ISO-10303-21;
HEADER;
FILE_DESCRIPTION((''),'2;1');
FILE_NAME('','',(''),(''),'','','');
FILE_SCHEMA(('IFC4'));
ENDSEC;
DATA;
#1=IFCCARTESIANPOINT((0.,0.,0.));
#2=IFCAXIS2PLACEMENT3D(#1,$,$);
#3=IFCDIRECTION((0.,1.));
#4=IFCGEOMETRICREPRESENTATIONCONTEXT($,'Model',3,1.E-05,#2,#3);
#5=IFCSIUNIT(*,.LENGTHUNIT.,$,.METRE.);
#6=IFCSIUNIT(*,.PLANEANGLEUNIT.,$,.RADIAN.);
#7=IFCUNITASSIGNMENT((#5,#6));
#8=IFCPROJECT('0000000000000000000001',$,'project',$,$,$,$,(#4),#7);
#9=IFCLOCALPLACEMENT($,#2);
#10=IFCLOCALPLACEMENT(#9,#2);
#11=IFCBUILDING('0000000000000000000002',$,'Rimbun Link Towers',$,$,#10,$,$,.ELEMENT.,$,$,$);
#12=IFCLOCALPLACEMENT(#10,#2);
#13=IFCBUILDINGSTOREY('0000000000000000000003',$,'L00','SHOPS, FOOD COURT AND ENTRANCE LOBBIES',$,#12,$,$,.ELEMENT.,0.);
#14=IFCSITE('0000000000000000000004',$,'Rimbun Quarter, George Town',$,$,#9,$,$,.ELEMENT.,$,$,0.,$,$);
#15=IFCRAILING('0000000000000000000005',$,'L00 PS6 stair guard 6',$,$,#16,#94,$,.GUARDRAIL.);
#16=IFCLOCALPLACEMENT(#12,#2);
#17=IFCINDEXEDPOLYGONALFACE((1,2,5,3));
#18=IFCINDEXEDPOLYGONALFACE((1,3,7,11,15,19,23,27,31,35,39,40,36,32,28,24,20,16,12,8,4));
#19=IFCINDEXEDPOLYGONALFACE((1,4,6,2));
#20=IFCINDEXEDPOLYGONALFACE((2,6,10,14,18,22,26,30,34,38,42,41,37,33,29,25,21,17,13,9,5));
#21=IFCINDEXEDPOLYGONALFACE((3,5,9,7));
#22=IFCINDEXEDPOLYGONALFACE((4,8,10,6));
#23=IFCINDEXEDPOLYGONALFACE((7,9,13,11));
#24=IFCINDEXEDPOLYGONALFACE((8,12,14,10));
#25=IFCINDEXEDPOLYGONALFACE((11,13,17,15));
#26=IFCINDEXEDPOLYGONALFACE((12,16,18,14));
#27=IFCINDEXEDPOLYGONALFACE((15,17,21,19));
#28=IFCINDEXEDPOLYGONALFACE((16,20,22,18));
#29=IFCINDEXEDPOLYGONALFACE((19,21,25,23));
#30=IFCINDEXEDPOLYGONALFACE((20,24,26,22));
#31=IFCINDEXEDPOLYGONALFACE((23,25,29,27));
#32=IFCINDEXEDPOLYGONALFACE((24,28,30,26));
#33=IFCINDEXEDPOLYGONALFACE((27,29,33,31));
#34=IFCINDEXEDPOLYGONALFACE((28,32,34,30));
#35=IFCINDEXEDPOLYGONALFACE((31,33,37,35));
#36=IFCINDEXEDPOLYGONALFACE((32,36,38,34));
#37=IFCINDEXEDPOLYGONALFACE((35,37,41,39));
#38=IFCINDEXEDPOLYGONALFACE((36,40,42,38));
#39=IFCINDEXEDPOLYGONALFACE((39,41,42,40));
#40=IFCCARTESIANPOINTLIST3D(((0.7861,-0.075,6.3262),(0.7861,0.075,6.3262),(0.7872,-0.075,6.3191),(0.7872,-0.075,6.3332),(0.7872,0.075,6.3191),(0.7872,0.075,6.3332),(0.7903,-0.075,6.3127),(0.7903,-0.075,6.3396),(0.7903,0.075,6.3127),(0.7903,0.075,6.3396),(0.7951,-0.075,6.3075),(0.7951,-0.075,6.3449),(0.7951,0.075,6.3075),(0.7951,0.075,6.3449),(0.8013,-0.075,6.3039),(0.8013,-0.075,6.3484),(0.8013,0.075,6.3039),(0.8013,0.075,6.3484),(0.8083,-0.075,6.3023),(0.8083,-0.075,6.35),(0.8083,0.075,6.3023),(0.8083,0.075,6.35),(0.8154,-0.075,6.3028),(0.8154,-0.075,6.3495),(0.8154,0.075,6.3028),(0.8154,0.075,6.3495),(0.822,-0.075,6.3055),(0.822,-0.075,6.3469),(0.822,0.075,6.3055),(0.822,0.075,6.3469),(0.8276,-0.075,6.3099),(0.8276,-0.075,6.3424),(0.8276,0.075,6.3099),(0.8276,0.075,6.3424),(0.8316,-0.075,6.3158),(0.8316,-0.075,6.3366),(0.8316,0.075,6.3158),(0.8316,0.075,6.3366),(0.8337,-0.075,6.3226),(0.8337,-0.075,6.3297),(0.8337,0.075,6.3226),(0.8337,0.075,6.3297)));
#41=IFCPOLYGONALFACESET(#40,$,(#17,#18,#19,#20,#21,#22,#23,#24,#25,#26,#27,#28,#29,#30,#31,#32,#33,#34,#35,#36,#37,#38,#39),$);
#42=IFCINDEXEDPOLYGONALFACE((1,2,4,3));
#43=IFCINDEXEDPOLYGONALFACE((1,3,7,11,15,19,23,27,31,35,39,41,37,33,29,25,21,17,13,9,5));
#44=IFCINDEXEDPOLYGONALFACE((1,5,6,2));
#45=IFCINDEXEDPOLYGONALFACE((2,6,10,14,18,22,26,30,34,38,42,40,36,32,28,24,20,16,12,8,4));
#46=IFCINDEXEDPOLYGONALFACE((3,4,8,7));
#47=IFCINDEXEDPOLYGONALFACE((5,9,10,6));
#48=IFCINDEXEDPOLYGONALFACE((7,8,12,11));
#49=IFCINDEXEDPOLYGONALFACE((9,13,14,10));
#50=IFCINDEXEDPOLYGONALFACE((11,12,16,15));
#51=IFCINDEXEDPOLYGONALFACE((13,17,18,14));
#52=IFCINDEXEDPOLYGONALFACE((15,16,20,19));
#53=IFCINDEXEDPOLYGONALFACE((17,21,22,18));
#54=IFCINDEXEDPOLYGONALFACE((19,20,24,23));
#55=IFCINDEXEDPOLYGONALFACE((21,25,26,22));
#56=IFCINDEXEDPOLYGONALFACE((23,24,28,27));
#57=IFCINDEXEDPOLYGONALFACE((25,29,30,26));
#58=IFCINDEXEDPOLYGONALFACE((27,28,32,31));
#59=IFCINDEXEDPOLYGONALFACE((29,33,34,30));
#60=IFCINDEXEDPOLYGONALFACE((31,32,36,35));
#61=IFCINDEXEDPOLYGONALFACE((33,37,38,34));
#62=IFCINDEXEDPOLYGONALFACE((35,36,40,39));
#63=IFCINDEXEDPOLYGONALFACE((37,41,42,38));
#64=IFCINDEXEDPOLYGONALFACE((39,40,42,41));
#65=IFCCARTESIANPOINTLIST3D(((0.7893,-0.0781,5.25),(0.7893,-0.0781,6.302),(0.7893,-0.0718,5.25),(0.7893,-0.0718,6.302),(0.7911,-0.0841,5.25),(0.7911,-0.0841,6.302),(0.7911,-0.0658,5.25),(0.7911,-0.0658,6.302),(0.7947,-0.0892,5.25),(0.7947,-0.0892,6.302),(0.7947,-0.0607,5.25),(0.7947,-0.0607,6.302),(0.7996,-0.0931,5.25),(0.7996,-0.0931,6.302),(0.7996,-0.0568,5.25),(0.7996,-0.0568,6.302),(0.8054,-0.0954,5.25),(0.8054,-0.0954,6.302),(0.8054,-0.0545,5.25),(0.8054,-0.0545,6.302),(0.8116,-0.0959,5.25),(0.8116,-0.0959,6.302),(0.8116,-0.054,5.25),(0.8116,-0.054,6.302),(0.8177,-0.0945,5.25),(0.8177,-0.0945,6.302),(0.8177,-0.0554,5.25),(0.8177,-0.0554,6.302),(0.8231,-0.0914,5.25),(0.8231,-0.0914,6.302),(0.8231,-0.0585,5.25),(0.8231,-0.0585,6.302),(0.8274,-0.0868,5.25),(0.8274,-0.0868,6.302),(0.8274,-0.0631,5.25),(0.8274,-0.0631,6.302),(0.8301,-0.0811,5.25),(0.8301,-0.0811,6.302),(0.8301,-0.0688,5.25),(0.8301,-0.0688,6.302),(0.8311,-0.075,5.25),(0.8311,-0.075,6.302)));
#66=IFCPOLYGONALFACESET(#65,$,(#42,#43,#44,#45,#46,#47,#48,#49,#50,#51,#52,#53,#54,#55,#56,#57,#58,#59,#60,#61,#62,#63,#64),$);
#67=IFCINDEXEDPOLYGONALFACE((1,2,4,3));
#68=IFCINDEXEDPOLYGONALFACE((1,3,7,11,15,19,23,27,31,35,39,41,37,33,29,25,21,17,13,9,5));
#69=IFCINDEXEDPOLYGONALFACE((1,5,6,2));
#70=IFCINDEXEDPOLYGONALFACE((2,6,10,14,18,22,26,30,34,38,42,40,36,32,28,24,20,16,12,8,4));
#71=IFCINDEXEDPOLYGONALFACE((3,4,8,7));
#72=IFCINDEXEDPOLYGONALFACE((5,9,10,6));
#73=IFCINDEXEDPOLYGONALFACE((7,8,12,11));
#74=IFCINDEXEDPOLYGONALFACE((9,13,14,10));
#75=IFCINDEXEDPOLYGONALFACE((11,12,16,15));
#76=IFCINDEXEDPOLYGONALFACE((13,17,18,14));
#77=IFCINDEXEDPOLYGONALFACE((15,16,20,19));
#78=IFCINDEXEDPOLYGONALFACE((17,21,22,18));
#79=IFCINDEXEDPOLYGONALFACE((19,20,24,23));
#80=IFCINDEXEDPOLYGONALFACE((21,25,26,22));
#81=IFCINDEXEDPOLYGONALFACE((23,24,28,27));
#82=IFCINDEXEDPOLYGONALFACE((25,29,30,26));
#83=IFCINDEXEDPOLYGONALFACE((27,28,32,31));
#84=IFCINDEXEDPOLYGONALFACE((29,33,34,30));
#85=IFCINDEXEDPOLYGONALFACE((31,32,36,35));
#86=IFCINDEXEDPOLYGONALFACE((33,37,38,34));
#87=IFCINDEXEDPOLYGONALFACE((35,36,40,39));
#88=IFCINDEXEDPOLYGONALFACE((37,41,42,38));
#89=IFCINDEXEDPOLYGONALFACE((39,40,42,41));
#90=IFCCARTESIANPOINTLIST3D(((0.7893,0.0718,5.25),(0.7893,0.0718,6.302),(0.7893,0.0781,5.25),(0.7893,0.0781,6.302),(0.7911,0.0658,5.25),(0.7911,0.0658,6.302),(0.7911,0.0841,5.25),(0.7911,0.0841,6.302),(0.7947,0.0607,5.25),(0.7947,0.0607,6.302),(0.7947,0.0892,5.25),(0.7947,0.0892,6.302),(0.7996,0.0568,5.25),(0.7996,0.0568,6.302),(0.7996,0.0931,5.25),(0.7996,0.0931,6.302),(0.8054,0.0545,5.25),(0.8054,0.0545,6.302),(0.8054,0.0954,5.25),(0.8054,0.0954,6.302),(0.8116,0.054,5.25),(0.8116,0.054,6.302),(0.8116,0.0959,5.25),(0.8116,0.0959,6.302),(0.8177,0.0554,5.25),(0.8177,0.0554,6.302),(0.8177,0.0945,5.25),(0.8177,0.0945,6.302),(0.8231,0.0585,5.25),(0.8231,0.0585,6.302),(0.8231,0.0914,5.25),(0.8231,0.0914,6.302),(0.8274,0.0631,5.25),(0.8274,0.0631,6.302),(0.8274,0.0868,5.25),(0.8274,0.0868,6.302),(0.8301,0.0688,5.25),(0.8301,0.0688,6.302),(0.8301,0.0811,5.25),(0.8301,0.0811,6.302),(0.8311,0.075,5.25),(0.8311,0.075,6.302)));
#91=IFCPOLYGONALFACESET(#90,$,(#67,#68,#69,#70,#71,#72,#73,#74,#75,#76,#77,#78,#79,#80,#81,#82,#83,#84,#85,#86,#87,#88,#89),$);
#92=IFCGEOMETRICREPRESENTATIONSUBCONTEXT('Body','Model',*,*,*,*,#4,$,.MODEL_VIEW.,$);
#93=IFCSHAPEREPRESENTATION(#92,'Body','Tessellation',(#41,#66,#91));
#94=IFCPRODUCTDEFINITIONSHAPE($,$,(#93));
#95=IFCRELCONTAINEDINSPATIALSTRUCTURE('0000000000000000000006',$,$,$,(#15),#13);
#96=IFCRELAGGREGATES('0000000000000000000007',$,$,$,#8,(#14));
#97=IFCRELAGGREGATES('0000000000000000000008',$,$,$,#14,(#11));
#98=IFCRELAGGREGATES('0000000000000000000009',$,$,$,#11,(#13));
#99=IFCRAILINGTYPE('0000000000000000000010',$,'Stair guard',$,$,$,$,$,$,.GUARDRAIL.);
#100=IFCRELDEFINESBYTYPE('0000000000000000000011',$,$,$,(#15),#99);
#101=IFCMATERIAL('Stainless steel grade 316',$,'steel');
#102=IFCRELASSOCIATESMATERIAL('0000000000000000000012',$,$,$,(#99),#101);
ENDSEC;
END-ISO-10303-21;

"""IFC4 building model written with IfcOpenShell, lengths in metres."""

from ifc_helpers import new_model, si_unit, direction, frame, origin, origin_2d, place, context, subcontext, project, spatial, circle, extrude, material, type_object, element, save


model = new_model("IFC4")

# Units and contexts
model_context = context("Model", 3, precision=1e-05, world=origin(), true_north=direction((0.0, 1.0)))
body_context = subcontext(model_context, "Body", "Model", "MODEL_VIEW")
ifc_project = project(units=[si_unit("LENGTHUNIT", "METRE"), si_unit("PLANEANGLEUNIT", "RADIAN")], contexts=[model_context])

# Site, building, storey
site_placement = place(None, origin())
site = spatial("IfcSite", under=ifc_project, at=site_placement, Name="Rimbun Quarter, George Town", CompositionType="ELEMENT", RefElevation=0.0)
building_placement = place(site_placement, origin())
building = spatial("IfcBuilding", under=site, at=building_placement, Name="Rimbun Link Towers", CompositionType="ELEMENT")
storey_placement = place(building_placement, origin())
storey = spatial("IfcBuildingStorey", under=building, at=storey_placement, Name="L00", Description="SHOPS, FOOD COURT AND ENTRANCE LOBBIES", CompositionType="ELEMENT", Elevation=0.0)

# Railing
ifc_material_1 = material(Name="Stainless steel grade 316", Category="steel")
railing_type_1 = type_object("IfcRailingType", Name="Stair guard", PredefinedType="GUARDRAIL", material=ifc_material_1)
railing_1_placement = place(storey_placement, frame((0.8101, -0.075, 5.25)))
element("IfcRailing", 1, at=railing_1_placement, inside=storey, type_object=railing_type_1, Name="L00 PS6 stair guard 6", PredefinedType="GUARDRAIL", context=body_context, shape_type="SweptSolid", body=[
    extrude(circle(Radius=0.0239, at=origin_2d()), frame((0.0, 0.0, 1.0762), z_axis=(0.0, 1.0, 0.0), x_axis=(-1.0, 0.0, 0.0)), (0.0, 0.0, 1.0), 0.1499),
    extrude(circle(Radius=0.021, at=origin_2d()), origin(), (0.0, 0.0, 1.0), 1.052),
    extrude(circle(Radius=0.021, at=origin_2d()), frame((0.0, 0.1499, 0.0)), (0.0, 0.0, 1.0), 1.052),
])

save(model, "model.ifc")
